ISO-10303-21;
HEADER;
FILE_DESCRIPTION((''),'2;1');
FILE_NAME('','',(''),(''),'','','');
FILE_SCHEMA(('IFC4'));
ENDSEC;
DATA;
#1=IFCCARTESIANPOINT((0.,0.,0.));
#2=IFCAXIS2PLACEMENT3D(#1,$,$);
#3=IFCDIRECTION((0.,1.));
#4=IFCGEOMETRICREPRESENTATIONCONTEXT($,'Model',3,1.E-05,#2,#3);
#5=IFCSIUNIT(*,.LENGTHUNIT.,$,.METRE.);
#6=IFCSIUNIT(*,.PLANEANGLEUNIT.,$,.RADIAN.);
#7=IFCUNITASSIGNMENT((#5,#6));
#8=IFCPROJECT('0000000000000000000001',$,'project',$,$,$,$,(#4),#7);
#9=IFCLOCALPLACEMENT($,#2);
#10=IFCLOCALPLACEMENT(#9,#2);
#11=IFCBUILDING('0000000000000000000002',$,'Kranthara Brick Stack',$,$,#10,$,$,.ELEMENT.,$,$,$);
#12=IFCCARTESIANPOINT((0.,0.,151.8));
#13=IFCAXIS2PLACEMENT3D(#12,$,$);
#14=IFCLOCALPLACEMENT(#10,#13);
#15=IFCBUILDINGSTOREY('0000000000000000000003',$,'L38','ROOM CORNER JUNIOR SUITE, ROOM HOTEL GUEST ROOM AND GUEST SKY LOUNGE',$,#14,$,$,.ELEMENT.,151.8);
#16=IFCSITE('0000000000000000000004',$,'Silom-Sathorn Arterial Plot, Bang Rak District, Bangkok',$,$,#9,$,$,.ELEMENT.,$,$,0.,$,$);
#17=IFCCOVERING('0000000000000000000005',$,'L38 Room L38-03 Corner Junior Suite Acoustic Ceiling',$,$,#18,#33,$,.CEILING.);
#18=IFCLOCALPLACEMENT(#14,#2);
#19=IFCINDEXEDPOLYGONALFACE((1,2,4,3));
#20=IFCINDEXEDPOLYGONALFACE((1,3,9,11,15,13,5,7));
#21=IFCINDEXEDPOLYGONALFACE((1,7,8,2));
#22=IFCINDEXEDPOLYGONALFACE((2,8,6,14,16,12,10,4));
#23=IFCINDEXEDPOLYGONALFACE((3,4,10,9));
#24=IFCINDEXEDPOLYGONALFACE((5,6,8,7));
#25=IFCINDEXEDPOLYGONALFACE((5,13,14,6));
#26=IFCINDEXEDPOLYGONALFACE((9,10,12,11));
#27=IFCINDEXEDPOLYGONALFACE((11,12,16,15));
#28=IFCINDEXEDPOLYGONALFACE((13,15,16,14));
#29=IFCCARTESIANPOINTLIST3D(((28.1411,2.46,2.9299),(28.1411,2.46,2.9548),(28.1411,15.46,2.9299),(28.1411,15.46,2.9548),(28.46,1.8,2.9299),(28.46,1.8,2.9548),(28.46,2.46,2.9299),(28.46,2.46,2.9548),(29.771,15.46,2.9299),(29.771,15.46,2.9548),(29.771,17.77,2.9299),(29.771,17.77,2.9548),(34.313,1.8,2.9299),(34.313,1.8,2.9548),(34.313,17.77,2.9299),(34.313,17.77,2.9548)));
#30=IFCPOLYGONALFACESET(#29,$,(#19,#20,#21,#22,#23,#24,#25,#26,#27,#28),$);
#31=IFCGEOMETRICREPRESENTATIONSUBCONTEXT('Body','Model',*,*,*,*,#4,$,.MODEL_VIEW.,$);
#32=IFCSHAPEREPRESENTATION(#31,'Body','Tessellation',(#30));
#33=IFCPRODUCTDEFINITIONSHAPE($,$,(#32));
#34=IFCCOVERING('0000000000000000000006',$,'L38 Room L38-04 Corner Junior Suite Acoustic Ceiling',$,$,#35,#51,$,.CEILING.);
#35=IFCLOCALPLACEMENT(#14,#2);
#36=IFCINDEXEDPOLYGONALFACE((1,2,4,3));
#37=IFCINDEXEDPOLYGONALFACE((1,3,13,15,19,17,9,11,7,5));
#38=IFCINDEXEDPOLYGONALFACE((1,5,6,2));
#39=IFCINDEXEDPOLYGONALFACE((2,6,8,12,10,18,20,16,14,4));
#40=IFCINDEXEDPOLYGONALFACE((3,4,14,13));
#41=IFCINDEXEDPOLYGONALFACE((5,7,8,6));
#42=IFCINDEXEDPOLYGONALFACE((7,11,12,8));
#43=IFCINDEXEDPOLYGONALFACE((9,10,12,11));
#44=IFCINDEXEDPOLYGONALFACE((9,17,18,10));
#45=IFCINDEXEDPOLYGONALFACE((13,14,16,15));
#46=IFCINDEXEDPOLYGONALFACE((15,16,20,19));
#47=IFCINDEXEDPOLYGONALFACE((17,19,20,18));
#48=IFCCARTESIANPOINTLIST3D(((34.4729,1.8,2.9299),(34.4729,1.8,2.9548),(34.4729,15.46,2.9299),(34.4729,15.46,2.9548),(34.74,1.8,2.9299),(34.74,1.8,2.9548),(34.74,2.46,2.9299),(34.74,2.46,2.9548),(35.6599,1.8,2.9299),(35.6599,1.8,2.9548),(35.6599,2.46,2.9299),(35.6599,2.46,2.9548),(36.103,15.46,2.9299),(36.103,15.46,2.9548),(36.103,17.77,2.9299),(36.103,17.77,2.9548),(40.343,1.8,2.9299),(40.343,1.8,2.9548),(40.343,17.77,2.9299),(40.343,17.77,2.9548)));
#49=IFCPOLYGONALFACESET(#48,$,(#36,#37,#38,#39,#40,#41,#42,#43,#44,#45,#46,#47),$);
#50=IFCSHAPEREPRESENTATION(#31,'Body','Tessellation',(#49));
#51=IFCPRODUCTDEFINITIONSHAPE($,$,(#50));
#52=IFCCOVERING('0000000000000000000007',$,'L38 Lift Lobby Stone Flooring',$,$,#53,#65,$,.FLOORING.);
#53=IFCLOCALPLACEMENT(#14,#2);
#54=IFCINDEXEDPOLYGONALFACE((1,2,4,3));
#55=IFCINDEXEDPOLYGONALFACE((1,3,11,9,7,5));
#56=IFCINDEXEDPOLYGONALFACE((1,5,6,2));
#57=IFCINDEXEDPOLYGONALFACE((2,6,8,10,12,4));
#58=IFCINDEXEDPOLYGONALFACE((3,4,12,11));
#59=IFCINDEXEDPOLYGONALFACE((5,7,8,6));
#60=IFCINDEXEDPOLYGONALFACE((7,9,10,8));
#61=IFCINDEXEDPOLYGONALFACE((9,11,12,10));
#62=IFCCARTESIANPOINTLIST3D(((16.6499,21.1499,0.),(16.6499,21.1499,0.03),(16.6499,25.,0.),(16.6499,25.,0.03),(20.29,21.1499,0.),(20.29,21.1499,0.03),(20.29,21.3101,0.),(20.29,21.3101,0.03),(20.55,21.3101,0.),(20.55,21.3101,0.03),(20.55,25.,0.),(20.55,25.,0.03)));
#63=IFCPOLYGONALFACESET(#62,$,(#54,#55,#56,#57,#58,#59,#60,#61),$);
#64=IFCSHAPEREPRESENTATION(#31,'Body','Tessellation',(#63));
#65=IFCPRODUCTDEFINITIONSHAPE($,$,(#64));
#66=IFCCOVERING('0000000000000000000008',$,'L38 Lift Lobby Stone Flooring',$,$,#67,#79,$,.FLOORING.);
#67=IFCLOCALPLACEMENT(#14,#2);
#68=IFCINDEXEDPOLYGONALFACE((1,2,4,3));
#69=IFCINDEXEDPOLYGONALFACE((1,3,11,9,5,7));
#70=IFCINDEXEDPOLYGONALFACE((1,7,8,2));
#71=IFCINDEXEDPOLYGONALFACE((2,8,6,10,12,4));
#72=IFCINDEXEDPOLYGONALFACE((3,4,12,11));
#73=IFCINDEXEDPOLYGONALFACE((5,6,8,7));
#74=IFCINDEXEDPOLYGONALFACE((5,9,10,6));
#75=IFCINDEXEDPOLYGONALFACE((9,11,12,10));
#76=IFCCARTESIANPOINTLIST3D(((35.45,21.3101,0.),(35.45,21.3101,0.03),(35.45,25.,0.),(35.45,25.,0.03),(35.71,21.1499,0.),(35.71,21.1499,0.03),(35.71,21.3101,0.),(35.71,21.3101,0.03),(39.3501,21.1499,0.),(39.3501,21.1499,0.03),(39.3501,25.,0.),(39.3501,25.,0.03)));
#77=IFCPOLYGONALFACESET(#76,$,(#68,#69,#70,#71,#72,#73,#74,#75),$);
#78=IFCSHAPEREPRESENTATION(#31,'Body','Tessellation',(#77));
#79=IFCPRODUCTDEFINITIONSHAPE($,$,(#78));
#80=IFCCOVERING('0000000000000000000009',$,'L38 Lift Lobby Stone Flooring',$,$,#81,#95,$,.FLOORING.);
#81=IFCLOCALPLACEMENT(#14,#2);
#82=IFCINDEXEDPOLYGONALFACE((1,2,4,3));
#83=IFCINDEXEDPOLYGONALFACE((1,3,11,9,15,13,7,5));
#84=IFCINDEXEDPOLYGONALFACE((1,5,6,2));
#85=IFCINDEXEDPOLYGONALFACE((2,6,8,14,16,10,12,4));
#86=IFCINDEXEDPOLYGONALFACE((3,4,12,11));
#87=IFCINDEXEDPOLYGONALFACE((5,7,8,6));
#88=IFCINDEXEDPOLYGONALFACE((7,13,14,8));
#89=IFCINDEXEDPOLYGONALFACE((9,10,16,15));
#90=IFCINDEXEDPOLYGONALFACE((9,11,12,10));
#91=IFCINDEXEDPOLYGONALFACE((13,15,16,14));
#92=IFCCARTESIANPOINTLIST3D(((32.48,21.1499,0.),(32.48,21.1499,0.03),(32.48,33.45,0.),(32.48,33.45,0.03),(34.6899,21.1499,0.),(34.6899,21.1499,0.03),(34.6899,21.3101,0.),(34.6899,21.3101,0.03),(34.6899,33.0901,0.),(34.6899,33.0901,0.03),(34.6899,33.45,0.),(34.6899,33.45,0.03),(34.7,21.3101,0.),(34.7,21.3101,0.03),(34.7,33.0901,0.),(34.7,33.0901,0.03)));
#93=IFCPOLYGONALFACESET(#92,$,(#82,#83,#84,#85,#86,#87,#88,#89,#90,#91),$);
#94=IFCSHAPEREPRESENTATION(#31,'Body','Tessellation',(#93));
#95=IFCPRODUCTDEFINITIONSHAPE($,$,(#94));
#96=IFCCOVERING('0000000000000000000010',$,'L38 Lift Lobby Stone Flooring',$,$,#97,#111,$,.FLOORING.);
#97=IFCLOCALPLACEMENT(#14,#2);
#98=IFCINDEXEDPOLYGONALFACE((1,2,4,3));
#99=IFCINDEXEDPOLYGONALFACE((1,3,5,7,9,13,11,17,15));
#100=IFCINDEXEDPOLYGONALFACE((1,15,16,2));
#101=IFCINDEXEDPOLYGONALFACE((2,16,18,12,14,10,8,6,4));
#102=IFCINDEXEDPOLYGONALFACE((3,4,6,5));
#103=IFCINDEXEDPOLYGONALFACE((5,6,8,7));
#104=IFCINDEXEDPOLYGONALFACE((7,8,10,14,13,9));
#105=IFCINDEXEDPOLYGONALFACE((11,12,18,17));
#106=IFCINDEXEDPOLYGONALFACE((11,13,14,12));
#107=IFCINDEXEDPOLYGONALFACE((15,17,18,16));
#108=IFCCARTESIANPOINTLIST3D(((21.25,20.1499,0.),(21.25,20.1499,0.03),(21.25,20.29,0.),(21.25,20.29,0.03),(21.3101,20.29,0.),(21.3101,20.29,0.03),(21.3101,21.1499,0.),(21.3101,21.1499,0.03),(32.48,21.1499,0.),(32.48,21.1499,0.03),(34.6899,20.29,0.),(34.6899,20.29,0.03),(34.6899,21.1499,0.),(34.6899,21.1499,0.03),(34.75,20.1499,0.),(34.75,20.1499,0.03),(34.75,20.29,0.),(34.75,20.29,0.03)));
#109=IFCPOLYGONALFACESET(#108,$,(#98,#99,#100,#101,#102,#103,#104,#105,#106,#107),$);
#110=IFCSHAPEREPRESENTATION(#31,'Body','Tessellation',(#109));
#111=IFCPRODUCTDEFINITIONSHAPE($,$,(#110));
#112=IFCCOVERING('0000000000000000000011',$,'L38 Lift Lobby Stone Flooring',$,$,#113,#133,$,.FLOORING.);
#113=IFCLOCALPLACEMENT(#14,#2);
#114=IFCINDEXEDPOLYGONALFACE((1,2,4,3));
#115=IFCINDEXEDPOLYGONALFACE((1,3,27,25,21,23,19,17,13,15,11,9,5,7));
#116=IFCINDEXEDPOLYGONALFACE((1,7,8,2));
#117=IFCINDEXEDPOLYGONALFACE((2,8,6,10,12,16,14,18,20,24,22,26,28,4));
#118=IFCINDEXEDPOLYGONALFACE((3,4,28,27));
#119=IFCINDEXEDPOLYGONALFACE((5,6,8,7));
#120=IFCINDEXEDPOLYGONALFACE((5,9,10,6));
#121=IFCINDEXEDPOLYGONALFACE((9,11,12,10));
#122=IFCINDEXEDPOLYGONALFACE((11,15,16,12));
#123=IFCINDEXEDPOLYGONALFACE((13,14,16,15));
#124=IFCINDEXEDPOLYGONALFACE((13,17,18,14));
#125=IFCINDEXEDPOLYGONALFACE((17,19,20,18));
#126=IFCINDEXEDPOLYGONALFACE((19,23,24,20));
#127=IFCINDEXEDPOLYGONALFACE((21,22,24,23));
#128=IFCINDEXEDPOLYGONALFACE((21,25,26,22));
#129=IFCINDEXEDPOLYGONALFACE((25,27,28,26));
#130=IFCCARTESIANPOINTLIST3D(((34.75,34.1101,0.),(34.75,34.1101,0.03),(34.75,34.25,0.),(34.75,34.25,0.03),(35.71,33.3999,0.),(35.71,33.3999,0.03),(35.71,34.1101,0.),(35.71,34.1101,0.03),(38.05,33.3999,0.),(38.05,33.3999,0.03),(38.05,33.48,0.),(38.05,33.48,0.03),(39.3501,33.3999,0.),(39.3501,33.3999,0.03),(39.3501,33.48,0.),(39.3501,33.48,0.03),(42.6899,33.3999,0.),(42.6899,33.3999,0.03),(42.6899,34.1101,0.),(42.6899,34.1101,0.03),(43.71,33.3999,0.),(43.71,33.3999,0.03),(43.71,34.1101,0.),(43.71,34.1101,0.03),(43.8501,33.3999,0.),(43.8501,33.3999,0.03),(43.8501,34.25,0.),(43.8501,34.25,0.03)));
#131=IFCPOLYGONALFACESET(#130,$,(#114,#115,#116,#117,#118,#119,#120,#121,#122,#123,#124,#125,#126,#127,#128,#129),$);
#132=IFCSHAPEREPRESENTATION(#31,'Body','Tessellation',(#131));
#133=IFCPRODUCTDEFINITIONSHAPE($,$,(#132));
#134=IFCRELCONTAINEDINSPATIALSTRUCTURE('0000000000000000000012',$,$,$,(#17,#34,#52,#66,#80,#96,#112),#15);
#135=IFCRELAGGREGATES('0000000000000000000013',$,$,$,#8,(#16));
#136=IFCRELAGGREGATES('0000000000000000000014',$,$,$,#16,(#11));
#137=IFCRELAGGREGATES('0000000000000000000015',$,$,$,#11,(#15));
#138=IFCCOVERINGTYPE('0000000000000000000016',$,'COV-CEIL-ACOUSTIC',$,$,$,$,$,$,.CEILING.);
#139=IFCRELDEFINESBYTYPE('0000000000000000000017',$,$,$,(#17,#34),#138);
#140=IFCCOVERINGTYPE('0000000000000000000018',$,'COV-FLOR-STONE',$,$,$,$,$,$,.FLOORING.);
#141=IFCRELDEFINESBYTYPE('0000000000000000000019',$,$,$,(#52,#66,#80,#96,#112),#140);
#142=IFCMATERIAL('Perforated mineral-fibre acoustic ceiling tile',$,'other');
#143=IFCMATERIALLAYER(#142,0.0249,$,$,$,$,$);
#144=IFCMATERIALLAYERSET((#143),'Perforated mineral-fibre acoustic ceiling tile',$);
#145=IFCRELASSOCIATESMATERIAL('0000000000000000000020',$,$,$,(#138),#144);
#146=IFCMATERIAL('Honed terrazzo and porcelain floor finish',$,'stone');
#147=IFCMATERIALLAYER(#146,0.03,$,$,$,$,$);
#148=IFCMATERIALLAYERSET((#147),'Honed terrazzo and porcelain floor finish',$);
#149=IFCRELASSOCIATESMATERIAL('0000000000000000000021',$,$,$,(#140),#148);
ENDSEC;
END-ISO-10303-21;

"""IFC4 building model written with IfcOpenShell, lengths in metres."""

from ifc_helpers import new_model, si_unit, direction, frame, origin, place, context, subcontext, project, spatial, polyline, outline, extrude, material, layer, layer_set, type_object, element, save


model = new_model("IFC4")

# Units and contexts
model_context = context("Model", 3, precision=1e-05, world=origin(), true_north=direction((0.0, 1.0)))
body_context = subcontext(model_context, "Body", "Model", "MODEL_VIEW")
ifc_project = project(units=[si_unit("LENGTHUNIT", "METRE"), si_unit("PLANEANGLEUNIT", "RADIAN")], contexts=[model_context])

# Site, building, storey
site_placement = place(None, origin())
site = spatial("IfcSite", under=ifc_project, at=site_placement, Name="Silom-Sathorn Arterial Plot, Bang Rak District, Bangkok", CompositionType="ELEMENT", RefElevation=0.0)
building_placement = place(site_placement, origin())
building = spatial("IfcBuilding", under=site, at=building_placement, Name="Kranthara Brick Stack", CompositionType="ELEMENT")
storey_placement = place(building_placement, frame((0.0, 0.0, 151.8)))
storey = spatial("IfcBuildingStorey", under=building, at=storey_placement, Name="L38", Description="ROOM CORNER JUNIOR SUITE, ROOM HOTEL GUEST ROOM AND GUEST SKY LOUNGE", CompositionType="ELEMENT", Elevation=151.8)

# Coverings
ifc_material_1 = material(Name="Perforated mineral-fibre acoustic ceiling tile", Category="other")
ifc_layer_1 = layer(ifc_material_1, 0.0249)
ifc_layer_set_1 = layer_set([ifc_layer_1], Name="Perforated mineral-fibre acoustic ceiling tile")
covering_type_1 = type_object("IfcCoveringType", Name="COV-CEIL-ACOUSTIC", PredefinedType="CEILING", material=ifc_layer_set_1)
covering_1_placement = place(storey_placement, frame((0.0, 0.0, 2.9299)))
element("IfcCovering", 1, at=covering_1_placement, inside=storey, type_object=covering_type_1, Name="L38 Room L38-03 Corner Junior Suite Acoustic Ceiling", PredefinedType="CEILING", context=body_context, shape_type="SweptSolid", body=[
    extrude(outline(polyline([(28.1411, 15.46), (29.771, 15.46), (29.771, 17.77), (34.313, 17.77), (34.313, 1.8), (28.46, 1.8), (28.46, 2.46), (28.1411, 2.46), (28.1411, 15.46)])), origin(), (0.0, 0.0, 1.0), 0.0249),
])
covering_2_placement = place(storey_placement, frame((0.0, 0.0, 2.9299)))
element("IfcCovering", 2, at=covering_2_placement, inside=storey, type_object=covering_type_1, Name="L38 Room L38-04 Corner Junior Suite Acoustic Ceiling", PredefinedType="CEILING", context=body_context, shape_type="SweptSolid", body=[
    extrude(outline(polyline([(34.4729, 1.8), (34.4729, 15.46), (36.103, 15.46), (36.103, 17.77), (40.343, 17.77), (40.343, 1.8), (35.6599, 1.8), (35.6599, 2.46), (34.74, 2.46), (34.74, 1.8), (34.4729, 1.8)])), origin(), (0.0, 0.0, 1.0), 0.0249),
])
ifc_material_2 = material(Name="Honed terrazzo and porcelain floor finish", Category="stone")
ifc_layer_2 = layer(ifc_material_2, 0.03)
ifc_layer_set_2 = layer_set([ifc_layer_2], Name="Honed terrazzo and porcelain floor finish")
covering_type_2 = type_object("IfcCoveringType", Name="COV-FLOR-STONE", PredefinedType="FLOORING", material=ifc_layer_set_2)
covering_3_placement = place(storey_placement, origin())
element("IfcCovering", 3, at=covering_3_placement, inside=storey, type_object=covering_type_2, Name="L38 Lift Lobby Stone Flooring", PredefinedType="FLOORING", context=body_context, shape_type="SweptSolid", body=[
    extrude(outline(polyline([(16.6499, 21.1499), (16.6499, 25.0), (20.55, 25.0), (20.55, 21.3101), (20.29, 21.3101), (20.29, 21.1499), (16.6499, 21.1499)])), origin(), (0.0, 0.0, 1.0), 0.03),
])
covering_4_placement = place(storey_placement, origin())
element("IfcCovering", 4, at=covering_4_placement, inside=storey, type_object=covering_type_2, Name="L38 Lift Lobby Stone Flooring", PredefinedType="FLOORING", context=body_context, shape_type="SweptSolid", body=[
    extrude(outline(polyline([(35.45, 25.0), (39.3501, 25.0), (39.3501, 21.1499), (35.71, 21.1499), (35.71, 21.3101), (35.45, 21.3101), (35.45, 25.0)])), origin(), (0.0, 0.0, 1.0), 0.03),
])
covering_5_placement = place(storey_placement, origin())
element("IfcCovering", 5, at=covering_5_placement, inside=storey, type_object=covering_type_2, Name="L38 Lift Lobby Stone Flooring", PredefinedType="FLOORING", context=body_context, shape_type="SweptSolid", body=[
    extrude(outline(polyline([(32.48, 33.45), (34.6899, 33.45), (34.6899, 33.0901), (34.7, 33.0901), (34.7, 21.3101), (34.6899, 21.3101), (34.6899, 21.1499), (32.48, 21.1499), (32.48, 33.45)])), origin(), (0.0, 0.0, 1.0), 0.03),
])
covering_6_placement = place(storey_placement, origin())
element("IfcCovering", 6, at=covering_6_placement, inside=storey, type_object=covering_type_2, Name="L38 Lift Lobby Stone Flooring", PredefinedType="FLOORING", context=body_context, shape_type="SweptSolid", body=[
    extrude(outline(polyline([(21.25, 20.29), (21.3101, 20.29), (21.3101, 21.1499), (32.48, 21.1499), (34.6899, 21.1499), (34.6899, 20.29), (34.75, 20.29), (34.75, 20.1499), (21.25, 20.1499), (21.25, 20.29)])), origin(), (0.0, 0.0, 1.0), 0.03),
])
covering_7_placement = place(storey_placement, origin())
element("IfcCovering", 7, at=covering_7_placement, inside=storey, type_object=covering_type_2, Name="L38 Lift Lobby Stone Flooring", PredefinedType="FLOORING", context=body_context, shape_type="SweptSolid", body=[
    extrude(outline(polyline([(43.71, 33.3999), (43.71, 34.1101), (42.6899, 34.1101), (42.6899, 33.3999), (39.3501, 33.3999), (39.3501, 33.48), (38.05, 33.48), (38.05, 33.3999), (35.71, 33.3999), (35.71, 34.1101), (34.75, 34.1101), (34.75, 34.25), (43.8501, 34.25), (43.8501, 33.3999), (43.71, 33.3999)])), origin(), (0.0, 0.0, 1.0), 0.03),
])

save(model, "model.ifc")
